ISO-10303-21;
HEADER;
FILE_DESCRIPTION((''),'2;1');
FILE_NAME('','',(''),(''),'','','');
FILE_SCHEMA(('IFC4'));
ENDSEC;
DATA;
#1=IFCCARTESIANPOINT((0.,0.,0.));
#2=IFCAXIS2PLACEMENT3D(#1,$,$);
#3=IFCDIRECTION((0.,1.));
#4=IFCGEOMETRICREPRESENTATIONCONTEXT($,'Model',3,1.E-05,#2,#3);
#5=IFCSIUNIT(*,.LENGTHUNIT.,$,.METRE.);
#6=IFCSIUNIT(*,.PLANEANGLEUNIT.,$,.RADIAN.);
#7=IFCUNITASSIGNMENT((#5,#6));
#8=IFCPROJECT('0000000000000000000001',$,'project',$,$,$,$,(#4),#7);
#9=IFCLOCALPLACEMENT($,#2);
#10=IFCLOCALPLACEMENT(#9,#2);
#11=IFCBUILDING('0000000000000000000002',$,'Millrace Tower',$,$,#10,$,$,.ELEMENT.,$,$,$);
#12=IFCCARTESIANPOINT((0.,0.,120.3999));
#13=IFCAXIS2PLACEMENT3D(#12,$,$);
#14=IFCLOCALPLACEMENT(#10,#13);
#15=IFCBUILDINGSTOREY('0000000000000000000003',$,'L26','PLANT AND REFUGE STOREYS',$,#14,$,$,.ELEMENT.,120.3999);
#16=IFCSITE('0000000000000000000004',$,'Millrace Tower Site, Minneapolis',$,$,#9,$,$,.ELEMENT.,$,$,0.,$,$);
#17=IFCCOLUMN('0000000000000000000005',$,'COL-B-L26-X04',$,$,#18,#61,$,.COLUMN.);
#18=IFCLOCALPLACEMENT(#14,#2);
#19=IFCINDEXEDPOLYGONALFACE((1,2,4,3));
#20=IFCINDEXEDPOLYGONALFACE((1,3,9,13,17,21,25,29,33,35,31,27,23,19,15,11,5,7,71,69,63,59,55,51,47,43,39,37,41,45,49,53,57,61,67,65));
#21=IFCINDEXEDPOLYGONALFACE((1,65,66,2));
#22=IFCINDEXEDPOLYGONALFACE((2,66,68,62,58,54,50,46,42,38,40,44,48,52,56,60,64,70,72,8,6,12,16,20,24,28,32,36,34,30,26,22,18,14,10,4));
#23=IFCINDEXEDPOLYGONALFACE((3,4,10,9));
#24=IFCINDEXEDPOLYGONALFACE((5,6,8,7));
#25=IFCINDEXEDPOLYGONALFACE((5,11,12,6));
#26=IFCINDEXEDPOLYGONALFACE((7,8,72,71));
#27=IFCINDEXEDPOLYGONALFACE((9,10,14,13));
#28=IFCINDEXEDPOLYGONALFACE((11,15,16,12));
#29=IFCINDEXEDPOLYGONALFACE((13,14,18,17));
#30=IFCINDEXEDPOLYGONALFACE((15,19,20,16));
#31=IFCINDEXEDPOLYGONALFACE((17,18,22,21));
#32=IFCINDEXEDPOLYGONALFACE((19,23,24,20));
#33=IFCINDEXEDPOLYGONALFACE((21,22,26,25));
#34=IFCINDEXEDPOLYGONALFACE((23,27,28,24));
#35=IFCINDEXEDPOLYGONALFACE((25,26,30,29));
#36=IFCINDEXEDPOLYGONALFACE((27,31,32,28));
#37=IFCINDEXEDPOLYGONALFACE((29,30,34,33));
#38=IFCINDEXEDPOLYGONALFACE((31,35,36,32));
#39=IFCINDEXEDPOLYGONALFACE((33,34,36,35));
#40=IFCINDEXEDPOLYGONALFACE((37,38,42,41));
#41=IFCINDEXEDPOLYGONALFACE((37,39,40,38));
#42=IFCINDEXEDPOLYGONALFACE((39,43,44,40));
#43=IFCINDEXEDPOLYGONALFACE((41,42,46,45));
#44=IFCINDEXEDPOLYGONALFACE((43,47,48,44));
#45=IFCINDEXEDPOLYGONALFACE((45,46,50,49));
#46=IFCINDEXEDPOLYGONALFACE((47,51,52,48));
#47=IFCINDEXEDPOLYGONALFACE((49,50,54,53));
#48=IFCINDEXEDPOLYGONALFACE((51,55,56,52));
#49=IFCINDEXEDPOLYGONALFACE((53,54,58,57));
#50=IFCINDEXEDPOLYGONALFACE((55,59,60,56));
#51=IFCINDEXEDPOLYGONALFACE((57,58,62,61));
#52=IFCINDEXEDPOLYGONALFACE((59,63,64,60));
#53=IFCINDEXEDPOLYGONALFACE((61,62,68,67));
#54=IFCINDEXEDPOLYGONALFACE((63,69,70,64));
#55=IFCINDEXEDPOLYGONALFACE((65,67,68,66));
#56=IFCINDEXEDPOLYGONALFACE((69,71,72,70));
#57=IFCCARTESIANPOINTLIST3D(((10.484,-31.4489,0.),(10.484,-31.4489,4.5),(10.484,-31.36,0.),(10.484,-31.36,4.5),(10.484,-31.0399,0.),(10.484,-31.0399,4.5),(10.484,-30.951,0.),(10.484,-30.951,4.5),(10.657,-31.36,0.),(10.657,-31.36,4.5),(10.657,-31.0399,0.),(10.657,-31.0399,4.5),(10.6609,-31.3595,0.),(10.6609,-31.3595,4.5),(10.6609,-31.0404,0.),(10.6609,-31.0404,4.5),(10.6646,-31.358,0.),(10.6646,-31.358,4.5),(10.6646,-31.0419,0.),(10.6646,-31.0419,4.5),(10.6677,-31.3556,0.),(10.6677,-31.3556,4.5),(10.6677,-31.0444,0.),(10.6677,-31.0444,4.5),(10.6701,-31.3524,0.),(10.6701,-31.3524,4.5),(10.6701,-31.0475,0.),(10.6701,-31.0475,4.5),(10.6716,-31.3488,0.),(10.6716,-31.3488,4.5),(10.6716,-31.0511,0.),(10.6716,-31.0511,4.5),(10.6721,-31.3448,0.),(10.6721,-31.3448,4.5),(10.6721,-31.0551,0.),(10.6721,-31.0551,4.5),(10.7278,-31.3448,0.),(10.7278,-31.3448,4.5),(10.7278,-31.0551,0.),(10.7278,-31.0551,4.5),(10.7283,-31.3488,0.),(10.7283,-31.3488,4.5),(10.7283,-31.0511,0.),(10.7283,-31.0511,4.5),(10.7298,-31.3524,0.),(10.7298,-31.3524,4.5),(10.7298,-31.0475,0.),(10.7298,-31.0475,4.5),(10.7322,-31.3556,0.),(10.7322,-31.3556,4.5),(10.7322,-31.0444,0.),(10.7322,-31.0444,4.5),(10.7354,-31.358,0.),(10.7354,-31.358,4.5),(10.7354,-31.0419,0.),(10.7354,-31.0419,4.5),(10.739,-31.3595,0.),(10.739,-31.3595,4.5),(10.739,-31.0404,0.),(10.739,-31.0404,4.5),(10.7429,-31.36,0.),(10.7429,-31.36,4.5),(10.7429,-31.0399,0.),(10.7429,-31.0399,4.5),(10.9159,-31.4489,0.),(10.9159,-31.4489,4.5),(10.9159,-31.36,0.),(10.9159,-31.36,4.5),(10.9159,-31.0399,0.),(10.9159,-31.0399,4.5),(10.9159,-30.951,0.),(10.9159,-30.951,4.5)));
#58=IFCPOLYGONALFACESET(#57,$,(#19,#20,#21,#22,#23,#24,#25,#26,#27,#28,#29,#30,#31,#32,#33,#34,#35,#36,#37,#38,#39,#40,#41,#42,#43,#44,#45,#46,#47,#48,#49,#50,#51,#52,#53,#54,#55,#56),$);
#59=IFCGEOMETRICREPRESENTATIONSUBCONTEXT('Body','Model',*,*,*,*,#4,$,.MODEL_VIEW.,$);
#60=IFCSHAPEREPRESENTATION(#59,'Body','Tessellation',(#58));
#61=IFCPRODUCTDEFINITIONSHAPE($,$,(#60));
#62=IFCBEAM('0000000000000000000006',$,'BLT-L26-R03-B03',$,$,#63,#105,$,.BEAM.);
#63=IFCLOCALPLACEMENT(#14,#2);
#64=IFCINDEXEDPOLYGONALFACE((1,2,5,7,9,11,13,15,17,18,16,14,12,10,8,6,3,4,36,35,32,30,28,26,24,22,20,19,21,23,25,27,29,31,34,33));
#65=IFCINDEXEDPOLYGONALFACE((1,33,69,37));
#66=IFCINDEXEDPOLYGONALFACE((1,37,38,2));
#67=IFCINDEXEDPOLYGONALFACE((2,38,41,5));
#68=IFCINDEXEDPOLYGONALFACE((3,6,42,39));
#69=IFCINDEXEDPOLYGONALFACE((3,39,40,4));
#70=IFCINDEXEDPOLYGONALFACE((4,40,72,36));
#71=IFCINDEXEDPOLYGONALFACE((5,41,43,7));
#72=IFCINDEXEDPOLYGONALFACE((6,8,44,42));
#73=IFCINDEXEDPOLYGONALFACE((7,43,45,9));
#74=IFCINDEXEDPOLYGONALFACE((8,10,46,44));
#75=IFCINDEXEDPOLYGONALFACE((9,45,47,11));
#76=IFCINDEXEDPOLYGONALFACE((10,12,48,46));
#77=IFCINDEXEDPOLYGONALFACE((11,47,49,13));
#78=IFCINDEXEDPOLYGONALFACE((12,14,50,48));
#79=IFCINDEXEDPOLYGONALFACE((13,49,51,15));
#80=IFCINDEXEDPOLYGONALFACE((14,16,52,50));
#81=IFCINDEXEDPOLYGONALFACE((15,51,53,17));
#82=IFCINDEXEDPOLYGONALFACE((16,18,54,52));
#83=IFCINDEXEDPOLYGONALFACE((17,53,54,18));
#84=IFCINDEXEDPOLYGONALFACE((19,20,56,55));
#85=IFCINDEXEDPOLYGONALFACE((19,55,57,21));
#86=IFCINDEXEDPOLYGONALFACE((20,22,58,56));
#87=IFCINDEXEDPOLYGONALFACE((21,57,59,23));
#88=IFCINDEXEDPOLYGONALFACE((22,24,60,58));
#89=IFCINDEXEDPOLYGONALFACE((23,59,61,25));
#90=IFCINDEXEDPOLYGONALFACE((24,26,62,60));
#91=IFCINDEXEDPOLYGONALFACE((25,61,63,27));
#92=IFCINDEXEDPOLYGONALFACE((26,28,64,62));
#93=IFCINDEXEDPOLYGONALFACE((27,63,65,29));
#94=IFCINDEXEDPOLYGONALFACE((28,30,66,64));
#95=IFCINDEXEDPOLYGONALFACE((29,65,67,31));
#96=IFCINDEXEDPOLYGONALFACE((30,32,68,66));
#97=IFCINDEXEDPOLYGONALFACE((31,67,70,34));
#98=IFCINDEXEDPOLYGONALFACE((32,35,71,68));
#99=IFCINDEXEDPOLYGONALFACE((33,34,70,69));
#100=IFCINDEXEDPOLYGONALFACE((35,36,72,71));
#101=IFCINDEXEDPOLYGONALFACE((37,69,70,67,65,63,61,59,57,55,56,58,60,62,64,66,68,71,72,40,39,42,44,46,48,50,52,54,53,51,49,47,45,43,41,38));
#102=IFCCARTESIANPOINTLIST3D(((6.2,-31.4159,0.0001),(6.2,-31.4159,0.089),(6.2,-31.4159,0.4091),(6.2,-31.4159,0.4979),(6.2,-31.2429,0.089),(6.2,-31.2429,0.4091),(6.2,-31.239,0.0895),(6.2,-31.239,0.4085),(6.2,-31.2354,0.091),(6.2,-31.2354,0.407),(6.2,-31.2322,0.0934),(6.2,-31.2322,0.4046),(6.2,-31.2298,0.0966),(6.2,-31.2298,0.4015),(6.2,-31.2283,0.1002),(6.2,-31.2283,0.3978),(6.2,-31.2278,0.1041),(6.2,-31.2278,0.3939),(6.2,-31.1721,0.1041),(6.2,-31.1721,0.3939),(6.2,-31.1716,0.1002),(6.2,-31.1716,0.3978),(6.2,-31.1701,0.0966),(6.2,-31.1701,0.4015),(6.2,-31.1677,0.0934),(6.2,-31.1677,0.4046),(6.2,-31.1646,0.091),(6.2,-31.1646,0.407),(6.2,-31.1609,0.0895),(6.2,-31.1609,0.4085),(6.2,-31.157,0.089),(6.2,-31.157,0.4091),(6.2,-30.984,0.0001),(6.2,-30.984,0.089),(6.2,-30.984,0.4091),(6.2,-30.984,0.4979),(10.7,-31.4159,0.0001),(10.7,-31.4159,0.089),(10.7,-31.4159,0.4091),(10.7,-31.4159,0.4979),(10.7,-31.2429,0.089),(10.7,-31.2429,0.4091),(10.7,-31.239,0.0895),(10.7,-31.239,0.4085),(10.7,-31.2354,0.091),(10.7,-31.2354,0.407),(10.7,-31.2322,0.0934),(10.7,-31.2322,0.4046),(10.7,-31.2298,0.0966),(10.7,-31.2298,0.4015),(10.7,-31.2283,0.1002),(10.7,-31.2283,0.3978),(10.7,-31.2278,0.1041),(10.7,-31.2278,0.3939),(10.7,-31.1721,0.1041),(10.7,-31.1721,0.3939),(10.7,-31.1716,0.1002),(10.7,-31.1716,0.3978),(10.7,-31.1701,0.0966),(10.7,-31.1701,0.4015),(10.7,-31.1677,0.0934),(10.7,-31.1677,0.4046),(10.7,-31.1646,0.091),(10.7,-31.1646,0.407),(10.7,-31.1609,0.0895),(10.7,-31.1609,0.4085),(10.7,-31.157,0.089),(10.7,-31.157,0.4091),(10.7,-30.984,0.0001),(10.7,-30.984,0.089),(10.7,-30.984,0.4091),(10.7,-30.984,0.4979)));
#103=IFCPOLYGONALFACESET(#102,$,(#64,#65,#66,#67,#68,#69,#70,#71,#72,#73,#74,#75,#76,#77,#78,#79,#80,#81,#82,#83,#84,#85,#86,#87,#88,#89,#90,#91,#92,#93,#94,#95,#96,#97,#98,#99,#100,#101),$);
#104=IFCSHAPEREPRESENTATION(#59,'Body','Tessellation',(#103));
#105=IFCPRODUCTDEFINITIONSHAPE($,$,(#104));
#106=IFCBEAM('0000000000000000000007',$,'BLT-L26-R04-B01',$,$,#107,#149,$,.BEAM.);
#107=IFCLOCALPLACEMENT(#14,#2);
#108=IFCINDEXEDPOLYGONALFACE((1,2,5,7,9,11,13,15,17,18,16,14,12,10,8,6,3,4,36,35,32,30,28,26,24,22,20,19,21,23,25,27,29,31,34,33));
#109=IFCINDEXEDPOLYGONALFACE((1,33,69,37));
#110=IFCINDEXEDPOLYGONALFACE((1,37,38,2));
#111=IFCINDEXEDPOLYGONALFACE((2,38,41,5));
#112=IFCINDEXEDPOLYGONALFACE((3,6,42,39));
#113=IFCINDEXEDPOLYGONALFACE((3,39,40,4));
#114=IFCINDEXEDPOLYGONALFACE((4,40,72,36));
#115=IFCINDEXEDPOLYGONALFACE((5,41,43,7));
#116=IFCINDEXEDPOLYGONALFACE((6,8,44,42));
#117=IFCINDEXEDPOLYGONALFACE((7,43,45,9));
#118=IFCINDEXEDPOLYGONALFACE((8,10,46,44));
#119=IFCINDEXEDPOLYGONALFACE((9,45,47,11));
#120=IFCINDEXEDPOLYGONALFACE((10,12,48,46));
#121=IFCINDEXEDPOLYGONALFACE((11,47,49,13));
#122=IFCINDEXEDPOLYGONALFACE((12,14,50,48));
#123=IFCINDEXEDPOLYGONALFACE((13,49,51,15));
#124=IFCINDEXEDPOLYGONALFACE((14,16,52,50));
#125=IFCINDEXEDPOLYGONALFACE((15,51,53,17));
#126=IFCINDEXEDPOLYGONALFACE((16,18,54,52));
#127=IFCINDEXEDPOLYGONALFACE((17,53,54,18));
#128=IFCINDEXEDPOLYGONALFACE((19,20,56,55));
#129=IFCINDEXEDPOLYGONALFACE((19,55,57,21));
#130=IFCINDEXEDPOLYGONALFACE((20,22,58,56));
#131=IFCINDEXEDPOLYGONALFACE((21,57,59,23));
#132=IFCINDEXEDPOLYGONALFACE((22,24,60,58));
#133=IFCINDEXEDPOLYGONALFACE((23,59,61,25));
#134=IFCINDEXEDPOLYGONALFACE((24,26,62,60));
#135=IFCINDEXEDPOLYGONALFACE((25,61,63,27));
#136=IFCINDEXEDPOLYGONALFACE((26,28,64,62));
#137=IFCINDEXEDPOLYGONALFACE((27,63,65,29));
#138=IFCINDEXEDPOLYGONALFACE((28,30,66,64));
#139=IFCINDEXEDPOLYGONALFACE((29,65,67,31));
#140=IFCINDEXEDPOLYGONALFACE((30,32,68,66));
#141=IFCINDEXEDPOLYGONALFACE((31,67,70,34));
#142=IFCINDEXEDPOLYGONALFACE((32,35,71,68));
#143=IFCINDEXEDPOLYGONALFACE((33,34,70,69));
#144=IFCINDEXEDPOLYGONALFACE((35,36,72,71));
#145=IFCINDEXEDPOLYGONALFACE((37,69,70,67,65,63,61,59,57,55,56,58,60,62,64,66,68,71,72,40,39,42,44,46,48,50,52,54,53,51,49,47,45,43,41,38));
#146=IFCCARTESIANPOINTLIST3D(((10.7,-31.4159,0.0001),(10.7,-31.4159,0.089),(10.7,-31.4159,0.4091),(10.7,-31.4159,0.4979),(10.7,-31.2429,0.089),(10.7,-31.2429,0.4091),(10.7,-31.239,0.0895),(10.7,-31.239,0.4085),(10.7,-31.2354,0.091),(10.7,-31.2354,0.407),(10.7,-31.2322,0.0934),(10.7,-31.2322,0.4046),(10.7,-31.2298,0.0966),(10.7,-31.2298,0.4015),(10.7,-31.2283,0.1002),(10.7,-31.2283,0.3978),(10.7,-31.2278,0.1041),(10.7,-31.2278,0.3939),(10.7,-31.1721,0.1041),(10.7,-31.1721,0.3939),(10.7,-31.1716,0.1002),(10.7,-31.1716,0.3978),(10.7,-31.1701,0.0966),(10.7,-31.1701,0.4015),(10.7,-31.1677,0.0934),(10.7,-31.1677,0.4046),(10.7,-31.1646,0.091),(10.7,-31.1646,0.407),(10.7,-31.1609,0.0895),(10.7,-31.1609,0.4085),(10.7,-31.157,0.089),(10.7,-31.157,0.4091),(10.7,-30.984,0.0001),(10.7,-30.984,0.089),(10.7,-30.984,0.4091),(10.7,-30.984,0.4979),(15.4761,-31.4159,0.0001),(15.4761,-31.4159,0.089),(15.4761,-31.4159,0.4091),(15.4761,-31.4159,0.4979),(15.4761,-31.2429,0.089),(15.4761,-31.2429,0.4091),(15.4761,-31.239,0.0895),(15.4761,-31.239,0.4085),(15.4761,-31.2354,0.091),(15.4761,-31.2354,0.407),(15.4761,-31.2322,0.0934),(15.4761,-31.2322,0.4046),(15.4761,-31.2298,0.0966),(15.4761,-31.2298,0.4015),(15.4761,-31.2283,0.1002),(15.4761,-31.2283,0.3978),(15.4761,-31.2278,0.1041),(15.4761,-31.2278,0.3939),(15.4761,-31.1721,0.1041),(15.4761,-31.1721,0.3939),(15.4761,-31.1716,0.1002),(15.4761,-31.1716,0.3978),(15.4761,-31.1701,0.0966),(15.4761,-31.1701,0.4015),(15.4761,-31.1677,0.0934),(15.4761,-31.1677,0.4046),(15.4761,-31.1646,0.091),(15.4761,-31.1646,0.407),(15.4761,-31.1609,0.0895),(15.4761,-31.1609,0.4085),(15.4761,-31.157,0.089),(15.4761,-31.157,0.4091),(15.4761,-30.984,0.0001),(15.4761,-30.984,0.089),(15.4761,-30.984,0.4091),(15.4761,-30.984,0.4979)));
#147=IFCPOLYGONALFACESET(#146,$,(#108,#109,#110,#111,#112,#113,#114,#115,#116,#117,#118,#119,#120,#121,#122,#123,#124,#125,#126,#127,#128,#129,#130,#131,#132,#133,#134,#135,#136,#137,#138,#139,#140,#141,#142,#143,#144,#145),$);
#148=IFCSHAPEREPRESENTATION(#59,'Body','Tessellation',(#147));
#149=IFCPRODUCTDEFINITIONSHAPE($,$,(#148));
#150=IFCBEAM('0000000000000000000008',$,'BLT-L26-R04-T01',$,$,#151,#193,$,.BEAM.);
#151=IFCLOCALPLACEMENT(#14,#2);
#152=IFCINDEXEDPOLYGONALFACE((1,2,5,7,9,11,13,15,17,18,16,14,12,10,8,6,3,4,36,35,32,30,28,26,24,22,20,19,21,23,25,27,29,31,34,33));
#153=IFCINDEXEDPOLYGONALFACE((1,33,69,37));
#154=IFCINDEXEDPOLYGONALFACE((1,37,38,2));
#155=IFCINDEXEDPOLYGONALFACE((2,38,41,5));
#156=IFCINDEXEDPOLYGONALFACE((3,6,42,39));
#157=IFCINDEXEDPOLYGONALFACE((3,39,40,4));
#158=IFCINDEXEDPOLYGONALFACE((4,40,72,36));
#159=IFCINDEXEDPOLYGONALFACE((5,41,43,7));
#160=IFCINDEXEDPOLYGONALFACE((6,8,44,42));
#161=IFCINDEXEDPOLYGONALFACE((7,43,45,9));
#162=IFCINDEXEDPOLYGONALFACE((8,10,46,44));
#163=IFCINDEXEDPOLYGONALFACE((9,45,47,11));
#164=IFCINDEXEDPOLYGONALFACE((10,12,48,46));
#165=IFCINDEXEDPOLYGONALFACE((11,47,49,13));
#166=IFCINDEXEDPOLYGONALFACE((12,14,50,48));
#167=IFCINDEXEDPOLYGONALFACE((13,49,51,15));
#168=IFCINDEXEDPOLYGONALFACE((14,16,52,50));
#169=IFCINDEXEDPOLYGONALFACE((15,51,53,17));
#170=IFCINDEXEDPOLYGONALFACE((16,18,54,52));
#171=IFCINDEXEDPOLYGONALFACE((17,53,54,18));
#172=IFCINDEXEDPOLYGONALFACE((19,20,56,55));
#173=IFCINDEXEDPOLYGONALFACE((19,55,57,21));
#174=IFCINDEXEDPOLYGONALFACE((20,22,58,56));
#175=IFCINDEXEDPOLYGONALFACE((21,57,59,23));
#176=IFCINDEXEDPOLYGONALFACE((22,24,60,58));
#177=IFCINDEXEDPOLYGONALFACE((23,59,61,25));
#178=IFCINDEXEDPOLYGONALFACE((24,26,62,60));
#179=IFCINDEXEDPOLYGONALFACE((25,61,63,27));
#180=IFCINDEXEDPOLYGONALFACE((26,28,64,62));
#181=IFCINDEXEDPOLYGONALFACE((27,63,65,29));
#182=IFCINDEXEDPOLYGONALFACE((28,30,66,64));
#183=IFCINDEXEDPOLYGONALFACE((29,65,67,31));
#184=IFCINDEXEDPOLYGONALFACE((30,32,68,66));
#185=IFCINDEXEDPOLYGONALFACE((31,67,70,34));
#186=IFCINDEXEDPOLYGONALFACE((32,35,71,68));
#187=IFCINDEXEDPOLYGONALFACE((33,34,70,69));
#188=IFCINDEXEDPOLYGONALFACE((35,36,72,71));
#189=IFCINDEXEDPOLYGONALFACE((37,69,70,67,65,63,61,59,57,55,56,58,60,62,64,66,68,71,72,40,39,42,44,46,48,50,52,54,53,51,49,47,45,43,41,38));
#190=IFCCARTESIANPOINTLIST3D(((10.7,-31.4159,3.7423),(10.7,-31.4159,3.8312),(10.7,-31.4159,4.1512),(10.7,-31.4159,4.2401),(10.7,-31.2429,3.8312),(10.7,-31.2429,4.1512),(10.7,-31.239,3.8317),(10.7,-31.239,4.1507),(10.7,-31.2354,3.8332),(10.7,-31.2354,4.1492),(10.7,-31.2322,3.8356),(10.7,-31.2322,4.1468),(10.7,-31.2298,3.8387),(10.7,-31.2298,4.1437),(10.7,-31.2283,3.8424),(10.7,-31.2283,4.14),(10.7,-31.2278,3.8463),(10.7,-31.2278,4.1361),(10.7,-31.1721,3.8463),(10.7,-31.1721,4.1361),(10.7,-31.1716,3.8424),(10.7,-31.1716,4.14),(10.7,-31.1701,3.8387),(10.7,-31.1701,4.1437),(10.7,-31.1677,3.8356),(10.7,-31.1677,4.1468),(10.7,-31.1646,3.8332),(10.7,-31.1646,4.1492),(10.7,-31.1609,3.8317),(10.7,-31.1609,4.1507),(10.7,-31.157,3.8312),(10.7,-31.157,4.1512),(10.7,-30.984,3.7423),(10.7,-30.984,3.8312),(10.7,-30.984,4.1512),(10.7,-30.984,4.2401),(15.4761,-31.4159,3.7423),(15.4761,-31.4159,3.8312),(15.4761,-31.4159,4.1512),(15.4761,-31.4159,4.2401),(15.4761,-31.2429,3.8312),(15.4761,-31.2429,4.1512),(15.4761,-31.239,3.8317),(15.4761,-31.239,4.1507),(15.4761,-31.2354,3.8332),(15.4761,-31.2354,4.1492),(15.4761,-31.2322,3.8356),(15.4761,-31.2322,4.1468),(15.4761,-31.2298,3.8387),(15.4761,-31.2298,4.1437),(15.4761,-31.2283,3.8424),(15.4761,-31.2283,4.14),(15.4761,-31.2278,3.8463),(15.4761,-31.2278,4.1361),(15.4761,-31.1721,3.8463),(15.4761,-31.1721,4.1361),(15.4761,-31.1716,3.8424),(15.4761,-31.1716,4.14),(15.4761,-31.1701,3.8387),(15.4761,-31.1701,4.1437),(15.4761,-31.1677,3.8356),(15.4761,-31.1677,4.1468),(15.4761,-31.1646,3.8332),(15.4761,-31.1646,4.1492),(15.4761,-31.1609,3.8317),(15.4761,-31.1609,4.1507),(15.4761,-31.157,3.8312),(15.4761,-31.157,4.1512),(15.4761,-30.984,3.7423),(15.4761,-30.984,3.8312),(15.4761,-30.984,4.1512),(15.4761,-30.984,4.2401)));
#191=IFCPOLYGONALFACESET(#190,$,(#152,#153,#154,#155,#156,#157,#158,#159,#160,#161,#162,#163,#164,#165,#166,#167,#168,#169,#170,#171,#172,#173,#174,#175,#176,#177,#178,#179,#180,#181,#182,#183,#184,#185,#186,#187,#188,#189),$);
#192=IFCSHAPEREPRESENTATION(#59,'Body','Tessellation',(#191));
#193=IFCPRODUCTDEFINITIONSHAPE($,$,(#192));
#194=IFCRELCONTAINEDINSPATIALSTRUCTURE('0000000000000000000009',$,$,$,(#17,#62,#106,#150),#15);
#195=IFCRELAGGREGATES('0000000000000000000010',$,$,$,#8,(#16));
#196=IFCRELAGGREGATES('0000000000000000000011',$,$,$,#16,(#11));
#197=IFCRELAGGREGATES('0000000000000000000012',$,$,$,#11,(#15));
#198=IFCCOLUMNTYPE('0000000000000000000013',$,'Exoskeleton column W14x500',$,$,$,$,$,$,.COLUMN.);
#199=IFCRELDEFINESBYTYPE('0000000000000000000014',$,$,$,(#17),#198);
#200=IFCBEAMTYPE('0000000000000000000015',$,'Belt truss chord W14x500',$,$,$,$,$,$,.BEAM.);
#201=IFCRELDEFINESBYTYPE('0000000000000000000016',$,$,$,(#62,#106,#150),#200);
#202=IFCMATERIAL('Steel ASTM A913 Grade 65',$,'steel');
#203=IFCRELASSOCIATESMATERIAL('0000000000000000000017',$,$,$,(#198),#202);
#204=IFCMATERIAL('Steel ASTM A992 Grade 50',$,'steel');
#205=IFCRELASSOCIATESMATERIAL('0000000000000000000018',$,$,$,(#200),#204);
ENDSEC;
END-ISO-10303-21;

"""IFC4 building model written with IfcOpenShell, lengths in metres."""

from ifc_helpers import new_model, si_unit, direction, frame, origin, origin_2d, place, context, subcontext, project, spatial, i_section, extrude, material, material_profile, profile_set, type_object, element, save


model = new_model("IFC4")

# Units and contexts
model_context = context("Model", 3, precision=1e-05, world=origin(), true_north=direction((0.0, 1.0)))
body_context = subcontext(model_context, "Body", "Model", "MODEL_VIEW")
ifc_project = project(units=[si_unit("LENGTHUNIT", "METRE"), si_unit("PLANEANGLEUNIT", "RADIAN")], contexts=[model_context])

# Site, building, storey
site_placement = place(None, origin())
site = spatial("IfcSite", under=ifc_project, at=site_placement, Name="Millrace Tower Site, Minneapolis", CompositionType="ELEMENT", RefElevation=0.0)
building_placement = place(site_placement, origin())
building = spatial("IfcBuilding", under=site, at=building_placement, Name="Millrace Tower", CompositionType="ELEMENT")
storey_placement = place(building_placement, frame((0.0, 0.0, 120.3999)))
storey = spatial("IfcBuildingStorey", under=building, at=storey_placement, Name="L26", Description="PLANT AND REFUGE STOREYS", CompositionType="ELEMENT", Elevation=120.3999)

# Column
ifc_material_1 = material(Name="Steel ASTM A913 Grade 65", Category="steel")
ifc_material_profile_1 = material_profile(ifc_material_1, i_section(OverallWidth=0.4319, OverallDepth=0.4978, WebThickness=0.0557, FlangeThickness=0.0889, FilletRadius=0.0151, at=origin_2d()))
ifc_profile_set_1 = profile_set([ifc_material_profile_1], Name="Steel ASTM A913 Grade 65")
column_type = type_object("IfcColumnType", Name="Exoskeleton column W14x500", PredefinedType="COLUMN", material=ifc_profile_set_1)
column_placement = place(storey_placement, frame((10.7, -31.2, 0.0), z_axis=(0.0, 0.0, 1.0), x_axis=(1.0, 0.0, 0.0)))
element("IfcColumn", 1, at=column_placement, inside=storey, type_object=column_type, Name="COL-B-L26-X04", PredefinedType="COLUMN", context=body_context, shape_type="SweptSolid", body=[
    extrude(i_section(OverallWidth=0.4319, OverallDepth=0.4978, WebThickness=0.0557, FlangeThickness=0.0889, FilletRadius=0.0151, at=origin_2d()), origin(), (0.0, 0.0, 1.0), 4.5),
])

# Beams
ifc_material_2 = material(Name="Steel ASTM A992 Grade 50", Category="steel")
ifc_material_profile_2 = material_profile(ifc_material_2, i_section(OverallWidth=0.4319, OverallDepth=0.4978, WebThickness=0.0557, FlangeThickness=0.0889, FilletRadius=0.0151, at=origin_2d()))
ifc_profile_set_2 = profile_set([ifc_material_profile_2], Name="Steel ASTM A992 Grade 50")
beam_type_1 = type_object("IfcBeamType", Name="Belt truss chord W14x500", PredefinedType="BEAM", material=ifc_profile_set_2)
beam_1_placement = place(storey_placement, frame((6.2, -31.2, 0.249), z_axis=(1.0, 0.0, 0.0), x_axis=(0.0, 1.0, 0.0)))
element("IfcBeam", 2, at=beam_1_placement, inside=storey, type_object=beam_type_1, Name="BLT-L26-R03-B03", PredefinedType="BEAM", context=body_context, shape_type="SweptSolid", body=[
    extrude(i_section(OverallWidth=0.4319, OverallDepth=0.4978, WebThickness=0.0557, FlangeThickness=0.0889, FilletRadius=0.0151, at=origin_2d()), origin(), (0.0, 0.0, 1.0), 4.5),
])
for number, where, z_axis, x_axis, name in (
    (3, (10.7, -31.2, 0.249), (1.0, 0.0, 0.0), (0.0, 1.0, 0.0), "BLT-L26-R04-B01"),
    (4, (10.7, -31.2, 3.9912), (1.0, 0.0, 0.0), (0.0, 1.0, 0.0), "BLT-L26-R04-T01"),
):
    element("IfcBeam", number, at=place(storey_placement, frame(where, z_axis=z_axis, x_axis=x_axis)), inside=storey, type_object=beam_type_1, Name=name, PredefinedType="BEAM", context=body_context, shape_type="SweptSolid", body=[
        extrude(i_section(OverallWidth=0.4319, OverallDepth=0.4978, WebThickness=0.0557, FlangeThickness=0.0889, FilletRadius=0.0151, at=origin_2d()), origin(), (0.0, 0.0, 1.0), 4.7761),
    ])

save(model, "model.ifc")
